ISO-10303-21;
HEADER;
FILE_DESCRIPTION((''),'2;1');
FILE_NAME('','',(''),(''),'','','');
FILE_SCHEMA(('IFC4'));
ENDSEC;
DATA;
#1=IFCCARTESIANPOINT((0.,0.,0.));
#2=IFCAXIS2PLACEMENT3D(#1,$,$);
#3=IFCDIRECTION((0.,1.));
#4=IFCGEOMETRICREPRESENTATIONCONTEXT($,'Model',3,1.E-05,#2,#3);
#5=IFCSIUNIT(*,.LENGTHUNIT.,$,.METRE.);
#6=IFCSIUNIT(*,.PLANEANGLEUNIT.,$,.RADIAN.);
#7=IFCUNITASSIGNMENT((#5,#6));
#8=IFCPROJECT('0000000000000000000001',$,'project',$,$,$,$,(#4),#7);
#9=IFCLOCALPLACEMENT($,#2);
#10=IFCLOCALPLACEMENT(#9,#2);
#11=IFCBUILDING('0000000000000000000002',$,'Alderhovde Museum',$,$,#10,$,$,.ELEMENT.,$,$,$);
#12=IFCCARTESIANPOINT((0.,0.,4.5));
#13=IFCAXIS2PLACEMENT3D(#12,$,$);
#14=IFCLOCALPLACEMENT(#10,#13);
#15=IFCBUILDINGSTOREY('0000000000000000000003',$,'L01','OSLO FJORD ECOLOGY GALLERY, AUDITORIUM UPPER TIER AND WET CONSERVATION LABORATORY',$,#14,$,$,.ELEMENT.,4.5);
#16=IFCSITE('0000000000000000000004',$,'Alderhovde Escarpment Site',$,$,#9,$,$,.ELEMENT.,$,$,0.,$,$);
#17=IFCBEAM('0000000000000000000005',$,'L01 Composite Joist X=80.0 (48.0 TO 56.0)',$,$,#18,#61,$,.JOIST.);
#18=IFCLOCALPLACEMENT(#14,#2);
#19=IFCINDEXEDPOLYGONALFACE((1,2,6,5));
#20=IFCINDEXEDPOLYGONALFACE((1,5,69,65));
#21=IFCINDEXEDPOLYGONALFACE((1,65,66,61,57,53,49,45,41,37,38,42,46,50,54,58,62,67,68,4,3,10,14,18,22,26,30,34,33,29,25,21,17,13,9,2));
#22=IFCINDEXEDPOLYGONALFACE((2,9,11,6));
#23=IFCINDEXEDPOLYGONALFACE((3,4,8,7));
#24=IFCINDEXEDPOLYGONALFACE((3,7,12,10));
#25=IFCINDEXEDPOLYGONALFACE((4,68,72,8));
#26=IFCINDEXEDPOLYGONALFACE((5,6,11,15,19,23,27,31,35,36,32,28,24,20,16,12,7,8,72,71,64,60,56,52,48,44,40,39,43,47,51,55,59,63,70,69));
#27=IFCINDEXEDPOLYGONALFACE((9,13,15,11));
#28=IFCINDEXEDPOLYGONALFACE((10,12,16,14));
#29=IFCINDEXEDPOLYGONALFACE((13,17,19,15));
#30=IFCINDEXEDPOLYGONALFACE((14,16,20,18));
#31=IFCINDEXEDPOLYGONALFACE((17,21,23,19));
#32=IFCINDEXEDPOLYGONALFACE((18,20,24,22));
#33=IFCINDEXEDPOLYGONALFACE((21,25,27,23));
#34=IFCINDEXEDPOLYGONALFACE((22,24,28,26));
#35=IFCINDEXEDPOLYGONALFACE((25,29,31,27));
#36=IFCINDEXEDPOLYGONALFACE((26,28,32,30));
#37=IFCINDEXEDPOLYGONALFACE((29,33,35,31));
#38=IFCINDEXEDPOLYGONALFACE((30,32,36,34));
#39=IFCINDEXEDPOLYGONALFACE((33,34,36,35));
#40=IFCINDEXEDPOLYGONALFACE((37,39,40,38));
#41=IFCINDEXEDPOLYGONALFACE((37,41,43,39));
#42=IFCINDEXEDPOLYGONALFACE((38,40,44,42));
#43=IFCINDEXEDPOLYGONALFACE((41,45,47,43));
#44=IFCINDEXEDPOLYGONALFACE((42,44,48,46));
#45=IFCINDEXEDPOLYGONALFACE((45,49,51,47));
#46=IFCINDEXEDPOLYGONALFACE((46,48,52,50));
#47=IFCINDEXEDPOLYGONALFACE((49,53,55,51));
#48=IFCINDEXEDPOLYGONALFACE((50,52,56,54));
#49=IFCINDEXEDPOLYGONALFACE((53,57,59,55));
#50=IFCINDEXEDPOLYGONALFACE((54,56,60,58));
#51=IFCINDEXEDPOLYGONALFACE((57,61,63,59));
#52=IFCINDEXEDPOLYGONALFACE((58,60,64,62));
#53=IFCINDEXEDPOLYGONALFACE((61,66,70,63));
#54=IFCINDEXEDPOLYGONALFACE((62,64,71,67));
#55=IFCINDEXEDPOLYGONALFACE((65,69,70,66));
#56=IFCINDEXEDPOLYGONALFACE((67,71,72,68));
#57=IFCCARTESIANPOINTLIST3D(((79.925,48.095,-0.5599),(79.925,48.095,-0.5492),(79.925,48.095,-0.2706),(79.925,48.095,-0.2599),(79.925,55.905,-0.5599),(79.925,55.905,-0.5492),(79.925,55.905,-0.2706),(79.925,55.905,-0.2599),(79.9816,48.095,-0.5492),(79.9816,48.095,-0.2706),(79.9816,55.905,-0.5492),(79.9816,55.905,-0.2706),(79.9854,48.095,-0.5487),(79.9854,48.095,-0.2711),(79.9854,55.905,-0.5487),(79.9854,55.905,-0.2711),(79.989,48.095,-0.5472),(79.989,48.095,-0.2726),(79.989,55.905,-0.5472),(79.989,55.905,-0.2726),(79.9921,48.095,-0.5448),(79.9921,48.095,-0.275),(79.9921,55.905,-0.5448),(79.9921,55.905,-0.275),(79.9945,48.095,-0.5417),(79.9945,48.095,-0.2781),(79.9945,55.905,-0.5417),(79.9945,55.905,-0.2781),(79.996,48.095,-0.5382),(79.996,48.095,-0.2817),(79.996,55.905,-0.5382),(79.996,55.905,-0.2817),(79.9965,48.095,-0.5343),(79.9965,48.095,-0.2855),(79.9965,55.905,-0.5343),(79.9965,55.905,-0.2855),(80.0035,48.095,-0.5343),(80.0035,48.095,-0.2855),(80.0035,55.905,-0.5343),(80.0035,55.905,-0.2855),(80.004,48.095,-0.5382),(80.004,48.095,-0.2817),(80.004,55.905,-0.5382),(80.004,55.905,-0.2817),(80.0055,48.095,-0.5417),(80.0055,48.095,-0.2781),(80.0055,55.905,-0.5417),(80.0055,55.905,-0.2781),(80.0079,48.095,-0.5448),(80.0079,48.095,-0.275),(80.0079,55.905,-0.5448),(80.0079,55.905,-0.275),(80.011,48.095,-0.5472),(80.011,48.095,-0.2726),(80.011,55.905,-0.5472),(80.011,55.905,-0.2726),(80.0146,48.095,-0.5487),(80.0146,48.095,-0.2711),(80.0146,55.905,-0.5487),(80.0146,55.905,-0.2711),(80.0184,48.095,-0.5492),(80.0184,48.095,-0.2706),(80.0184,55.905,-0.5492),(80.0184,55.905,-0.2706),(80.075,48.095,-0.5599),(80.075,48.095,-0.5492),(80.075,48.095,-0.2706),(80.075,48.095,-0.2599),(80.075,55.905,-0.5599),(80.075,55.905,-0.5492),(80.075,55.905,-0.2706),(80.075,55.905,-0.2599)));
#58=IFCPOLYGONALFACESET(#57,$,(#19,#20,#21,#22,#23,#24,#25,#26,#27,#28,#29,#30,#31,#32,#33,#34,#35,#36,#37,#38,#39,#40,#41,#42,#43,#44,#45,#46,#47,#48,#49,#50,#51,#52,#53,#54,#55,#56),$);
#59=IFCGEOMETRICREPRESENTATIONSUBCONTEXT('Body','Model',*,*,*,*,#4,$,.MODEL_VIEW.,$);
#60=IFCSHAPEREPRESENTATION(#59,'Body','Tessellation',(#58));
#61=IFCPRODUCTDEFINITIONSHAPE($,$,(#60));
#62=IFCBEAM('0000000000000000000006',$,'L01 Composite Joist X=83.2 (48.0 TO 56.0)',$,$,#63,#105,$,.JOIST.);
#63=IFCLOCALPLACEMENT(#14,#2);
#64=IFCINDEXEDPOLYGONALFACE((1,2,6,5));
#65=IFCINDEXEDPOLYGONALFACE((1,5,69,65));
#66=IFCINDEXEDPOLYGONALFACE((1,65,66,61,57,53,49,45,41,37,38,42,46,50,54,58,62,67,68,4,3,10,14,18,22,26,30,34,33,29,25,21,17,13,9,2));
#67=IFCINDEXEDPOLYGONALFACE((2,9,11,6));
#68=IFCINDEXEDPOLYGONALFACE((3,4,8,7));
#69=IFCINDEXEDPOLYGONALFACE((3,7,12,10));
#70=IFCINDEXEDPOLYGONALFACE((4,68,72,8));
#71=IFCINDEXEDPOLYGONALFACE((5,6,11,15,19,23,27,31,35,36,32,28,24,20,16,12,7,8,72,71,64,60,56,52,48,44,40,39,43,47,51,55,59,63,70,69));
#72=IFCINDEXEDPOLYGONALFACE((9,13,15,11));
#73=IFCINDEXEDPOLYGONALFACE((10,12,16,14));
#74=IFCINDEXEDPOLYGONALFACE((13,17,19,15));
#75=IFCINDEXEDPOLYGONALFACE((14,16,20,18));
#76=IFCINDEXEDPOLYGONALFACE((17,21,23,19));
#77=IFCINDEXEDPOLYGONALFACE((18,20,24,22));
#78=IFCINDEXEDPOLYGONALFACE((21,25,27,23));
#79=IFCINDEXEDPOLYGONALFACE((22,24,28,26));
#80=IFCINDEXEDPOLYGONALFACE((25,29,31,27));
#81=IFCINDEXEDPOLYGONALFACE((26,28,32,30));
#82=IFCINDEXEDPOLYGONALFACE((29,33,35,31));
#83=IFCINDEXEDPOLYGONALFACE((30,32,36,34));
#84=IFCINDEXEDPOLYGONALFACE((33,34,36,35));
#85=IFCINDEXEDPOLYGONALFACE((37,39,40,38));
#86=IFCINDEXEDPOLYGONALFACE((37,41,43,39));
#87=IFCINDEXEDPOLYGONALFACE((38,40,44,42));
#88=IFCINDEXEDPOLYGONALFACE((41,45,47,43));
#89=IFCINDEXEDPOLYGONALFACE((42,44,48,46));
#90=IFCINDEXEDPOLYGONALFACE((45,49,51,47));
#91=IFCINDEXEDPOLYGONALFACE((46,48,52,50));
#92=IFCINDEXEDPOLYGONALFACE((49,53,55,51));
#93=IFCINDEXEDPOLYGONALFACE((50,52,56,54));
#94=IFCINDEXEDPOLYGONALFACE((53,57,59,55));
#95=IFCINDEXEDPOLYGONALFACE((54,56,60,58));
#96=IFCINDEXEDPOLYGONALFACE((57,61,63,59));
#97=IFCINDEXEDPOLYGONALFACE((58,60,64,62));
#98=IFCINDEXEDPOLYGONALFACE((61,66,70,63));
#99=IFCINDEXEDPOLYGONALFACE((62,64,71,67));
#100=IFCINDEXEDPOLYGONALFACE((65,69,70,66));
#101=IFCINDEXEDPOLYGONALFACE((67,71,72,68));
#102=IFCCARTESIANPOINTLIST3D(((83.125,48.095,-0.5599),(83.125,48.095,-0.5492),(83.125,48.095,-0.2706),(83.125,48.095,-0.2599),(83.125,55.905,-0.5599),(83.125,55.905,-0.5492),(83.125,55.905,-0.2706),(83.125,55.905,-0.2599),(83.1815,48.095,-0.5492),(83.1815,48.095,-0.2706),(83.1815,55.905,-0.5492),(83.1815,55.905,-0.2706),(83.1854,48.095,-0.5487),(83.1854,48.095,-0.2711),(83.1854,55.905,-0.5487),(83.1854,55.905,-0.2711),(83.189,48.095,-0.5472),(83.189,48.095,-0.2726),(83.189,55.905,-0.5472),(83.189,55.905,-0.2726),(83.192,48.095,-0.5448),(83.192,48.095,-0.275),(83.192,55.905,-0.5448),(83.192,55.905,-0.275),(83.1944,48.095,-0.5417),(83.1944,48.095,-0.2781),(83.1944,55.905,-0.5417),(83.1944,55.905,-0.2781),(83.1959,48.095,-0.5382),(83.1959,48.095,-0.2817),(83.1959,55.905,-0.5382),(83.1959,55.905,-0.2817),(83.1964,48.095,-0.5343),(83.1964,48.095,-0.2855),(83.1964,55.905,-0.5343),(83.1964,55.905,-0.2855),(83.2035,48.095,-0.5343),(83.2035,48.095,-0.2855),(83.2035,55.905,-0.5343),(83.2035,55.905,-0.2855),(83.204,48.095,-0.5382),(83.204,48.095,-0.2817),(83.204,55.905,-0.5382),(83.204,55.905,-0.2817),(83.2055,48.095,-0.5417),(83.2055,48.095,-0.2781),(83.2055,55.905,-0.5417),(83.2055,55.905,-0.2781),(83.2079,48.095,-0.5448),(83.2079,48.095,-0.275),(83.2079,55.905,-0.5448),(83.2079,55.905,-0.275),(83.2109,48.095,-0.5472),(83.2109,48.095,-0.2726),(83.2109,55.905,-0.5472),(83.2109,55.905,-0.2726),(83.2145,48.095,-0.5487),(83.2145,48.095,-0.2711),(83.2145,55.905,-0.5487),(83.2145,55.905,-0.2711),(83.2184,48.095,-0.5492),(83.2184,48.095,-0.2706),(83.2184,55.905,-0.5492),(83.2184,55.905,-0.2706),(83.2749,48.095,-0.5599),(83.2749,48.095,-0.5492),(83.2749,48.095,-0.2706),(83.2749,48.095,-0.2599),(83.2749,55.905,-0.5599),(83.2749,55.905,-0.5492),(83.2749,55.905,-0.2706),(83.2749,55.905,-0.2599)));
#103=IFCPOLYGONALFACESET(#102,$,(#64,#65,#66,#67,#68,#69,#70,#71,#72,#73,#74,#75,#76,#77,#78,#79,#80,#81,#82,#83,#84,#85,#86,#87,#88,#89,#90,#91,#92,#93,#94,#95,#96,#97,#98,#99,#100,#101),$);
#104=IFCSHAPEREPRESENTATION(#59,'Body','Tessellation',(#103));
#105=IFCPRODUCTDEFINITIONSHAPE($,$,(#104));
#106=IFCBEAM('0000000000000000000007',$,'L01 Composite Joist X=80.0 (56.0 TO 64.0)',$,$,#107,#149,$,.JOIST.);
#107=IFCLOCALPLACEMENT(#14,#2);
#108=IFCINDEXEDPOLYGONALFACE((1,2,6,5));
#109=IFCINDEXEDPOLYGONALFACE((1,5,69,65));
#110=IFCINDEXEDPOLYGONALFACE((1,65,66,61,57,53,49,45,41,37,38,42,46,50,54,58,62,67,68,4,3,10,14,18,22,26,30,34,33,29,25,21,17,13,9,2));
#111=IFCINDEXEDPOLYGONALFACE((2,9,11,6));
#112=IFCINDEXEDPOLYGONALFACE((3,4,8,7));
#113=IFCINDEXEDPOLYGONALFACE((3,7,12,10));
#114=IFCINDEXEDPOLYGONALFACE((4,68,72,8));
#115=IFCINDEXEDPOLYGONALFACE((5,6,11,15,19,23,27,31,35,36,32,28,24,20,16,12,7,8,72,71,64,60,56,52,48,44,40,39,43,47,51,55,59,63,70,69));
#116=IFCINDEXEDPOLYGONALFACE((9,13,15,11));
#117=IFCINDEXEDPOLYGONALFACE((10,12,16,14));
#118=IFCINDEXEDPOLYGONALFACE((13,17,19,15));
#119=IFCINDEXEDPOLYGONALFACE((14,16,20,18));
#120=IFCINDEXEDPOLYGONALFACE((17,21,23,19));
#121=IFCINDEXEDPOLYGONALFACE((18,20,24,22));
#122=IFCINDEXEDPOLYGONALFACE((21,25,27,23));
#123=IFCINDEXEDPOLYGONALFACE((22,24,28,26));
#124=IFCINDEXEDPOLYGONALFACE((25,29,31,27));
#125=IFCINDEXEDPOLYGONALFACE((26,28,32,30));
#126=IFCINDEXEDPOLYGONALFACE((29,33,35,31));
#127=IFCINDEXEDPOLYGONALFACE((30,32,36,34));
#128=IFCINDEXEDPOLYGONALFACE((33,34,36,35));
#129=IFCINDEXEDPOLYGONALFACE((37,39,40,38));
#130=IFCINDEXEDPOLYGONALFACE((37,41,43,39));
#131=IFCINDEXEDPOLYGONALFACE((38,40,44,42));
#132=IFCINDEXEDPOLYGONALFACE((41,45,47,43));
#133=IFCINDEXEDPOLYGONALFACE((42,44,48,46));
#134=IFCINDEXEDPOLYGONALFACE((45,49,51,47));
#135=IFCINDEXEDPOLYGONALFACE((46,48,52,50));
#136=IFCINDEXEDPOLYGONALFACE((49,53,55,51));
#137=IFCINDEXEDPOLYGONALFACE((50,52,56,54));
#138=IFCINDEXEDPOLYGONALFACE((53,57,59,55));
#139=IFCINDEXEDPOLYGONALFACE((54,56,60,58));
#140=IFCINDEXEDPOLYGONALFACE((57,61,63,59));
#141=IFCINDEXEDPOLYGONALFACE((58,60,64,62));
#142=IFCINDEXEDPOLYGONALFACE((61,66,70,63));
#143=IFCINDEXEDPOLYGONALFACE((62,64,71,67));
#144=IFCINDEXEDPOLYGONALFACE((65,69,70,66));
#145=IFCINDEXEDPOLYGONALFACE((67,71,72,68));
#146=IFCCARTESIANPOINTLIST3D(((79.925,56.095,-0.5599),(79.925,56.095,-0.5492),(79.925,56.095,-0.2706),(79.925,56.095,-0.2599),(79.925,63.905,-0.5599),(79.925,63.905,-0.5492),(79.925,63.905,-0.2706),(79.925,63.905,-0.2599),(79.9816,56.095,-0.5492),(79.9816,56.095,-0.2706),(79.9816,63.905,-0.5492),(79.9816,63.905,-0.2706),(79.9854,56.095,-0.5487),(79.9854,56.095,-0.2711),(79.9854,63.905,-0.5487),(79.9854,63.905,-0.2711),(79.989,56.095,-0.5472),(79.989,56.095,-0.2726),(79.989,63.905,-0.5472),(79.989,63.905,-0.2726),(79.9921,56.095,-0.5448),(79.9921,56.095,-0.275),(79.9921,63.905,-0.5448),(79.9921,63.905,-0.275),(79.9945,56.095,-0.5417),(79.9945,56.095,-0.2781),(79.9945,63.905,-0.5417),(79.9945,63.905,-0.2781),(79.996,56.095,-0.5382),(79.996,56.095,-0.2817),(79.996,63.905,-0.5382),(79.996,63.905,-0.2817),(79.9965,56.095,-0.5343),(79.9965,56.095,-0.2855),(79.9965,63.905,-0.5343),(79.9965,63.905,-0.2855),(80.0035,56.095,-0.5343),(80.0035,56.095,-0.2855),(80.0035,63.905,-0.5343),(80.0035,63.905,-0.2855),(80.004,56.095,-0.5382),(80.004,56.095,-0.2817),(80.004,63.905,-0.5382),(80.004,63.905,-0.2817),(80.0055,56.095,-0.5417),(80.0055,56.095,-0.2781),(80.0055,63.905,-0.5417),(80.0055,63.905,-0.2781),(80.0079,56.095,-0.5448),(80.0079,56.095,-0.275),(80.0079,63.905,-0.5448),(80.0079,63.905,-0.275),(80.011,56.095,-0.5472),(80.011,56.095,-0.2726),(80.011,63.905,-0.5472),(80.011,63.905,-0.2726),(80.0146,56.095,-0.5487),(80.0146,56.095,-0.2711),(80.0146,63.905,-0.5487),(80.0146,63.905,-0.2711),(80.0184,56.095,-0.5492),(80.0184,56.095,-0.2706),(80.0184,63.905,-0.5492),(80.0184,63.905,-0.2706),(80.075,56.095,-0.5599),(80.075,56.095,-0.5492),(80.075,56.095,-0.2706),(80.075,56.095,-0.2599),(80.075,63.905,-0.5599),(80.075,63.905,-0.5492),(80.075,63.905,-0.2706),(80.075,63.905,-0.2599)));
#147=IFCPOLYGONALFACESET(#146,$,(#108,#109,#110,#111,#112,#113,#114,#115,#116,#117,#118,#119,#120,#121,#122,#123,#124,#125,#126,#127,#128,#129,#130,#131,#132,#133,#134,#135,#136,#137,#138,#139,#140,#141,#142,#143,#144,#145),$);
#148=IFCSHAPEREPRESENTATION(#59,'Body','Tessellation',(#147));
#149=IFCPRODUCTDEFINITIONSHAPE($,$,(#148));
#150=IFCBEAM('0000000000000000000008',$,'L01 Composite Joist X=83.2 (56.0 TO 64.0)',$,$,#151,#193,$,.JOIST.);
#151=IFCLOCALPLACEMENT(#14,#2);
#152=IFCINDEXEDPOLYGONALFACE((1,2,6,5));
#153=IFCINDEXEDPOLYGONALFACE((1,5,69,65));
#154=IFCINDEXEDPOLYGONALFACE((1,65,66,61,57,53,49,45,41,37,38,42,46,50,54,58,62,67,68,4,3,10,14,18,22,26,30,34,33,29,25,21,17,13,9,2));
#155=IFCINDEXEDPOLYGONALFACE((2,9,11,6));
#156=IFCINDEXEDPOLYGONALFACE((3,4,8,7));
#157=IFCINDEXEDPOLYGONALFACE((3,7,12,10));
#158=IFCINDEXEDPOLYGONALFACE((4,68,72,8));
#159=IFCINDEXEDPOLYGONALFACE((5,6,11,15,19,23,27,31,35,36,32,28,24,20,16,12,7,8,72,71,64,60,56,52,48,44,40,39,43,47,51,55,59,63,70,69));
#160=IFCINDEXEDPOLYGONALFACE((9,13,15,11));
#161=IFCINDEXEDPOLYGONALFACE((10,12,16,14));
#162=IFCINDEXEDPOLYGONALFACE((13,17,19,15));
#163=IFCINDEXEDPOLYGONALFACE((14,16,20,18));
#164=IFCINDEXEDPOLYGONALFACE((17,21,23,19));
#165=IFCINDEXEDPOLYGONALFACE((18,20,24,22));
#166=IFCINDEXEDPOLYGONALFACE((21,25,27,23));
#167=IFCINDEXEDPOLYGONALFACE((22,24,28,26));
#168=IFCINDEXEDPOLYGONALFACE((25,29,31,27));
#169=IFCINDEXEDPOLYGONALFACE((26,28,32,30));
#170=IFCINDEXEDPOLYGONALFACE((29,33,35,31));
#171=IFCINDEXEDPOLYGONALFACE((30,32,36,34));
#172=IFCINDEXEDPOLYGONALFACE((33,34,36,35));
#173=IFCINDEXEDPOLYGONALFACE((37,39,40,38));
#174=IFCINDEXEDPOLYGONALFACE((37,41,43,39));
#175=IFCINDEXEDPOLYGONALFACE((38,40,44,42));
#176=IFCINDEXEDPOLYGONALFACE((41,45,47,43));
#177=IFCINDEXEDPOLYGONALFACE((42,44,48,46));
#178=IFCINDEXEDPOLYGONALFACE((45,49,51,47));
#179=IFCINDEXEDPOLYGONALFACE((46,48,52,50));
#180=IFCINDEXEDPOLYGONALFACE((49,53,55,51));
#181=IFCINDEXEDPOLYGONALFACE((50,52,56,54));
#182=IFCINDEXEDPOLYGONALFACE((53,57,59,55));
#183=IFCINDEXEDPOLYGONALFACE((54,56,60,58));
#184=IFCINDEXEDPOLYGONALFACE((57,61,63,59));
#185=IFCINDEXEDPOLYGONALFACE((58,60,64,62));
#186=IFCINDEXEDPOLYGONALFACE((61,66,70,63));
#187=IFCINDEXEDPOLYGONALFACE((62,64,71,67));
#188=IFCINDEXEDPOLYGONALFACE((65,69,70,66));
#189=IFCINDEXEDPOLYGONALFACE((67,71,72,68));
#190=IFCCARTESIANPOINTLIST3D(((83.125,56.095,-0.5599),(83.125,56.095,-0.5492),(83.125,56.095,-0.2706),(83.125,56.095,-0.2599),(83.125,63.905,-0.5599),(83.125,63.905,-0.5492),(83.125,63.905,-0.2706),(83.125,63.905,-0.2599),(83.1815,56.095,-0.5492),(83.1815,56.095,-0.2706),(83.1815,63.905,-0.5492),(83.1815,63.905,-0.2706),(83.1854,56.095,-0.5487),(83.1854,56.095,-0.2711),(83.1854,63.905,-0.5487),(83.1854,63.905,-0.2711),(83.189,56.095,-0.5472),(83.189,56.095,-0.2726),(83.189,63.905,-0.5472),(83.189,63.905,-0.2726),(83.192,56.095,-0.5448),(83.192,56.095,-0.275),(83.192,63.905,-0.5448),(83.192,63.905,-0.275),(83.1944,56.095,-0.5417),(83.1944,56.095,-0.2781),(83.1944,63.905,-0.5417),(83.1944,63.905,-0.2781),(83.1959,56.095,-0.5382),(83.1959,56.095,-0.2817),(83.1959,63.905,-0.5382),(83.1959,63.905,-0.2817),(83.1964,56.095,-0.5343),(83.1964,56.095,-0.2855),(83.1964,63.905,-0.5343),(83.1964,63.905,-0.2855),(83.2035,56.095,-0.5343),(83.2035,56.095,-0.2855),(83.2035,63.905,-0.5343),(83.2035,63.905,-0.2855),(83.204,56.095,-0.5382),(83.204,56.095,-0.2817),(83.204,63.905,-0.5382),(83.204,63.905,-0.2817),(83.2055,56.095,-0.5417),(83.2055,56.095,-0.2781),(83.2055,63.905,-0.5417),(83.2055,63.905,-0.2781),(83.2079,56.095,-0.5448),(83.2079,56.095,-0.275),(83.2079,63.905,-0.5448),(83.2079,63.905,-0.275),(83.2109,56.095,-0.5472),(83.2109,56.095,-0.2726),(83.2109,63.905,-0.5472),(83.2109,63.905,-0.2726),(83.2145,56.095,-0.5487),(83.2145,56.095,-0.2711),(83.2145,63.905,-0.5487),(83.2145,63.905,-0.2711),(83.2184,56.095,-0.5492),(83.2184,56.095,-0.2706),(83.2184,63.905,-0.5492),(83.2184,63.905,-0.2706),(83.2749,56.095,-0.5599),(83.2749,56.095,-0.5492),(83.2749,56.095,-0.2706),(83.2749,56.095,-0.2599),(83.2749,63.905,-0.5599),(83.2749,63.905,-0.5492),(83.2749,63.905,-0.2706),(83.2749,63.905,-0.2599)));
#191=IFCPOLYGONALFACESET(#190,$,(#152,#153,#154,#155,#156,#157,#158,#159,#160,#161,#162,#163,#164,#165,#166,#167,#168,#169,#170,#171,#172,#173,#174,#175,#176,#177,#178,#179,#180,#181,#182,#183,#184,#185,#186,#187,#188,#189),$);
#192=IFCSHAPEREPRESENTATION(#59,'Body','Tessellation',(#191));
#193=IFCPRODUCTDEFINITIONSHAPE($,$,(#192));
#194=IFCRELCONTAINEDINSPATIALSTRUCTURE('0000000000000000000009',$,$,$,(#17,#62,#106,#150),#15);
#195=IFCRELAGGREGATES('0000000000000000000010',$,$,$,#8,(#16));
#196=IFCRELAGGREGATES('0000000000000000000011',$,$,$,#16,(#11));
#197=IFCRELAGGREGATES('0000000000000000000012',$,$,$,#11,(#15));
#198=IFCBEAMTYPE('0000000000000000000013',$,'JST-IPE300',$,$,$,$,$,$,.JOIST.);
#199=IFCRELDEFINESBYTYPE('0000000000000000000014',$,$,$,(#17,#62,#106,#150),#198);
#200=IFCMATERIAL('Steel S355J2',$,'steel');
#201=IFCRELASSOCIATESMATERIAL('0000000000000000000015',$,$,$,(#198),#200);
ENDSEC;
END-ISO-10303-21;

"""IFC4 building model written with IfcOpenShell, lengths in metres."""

from ifc_helpers import new_model, si_unit, direction, frame, origin, origin_2d, place, context, subcontext, project, spatial, i_section, extrude, material, material_profile, profile_set, type_object, element, save


model = new_model("IFC4")

# Units and contexts
model_context = context("Model", 3, precision=1e-05, world=origin(), true_north=direction((0.0, 1.0)))
body_context = subcontext(model_context, "Body", "Model", "MODEL_VIEW")
ifc_project = project(units=[si_unit("LENGTHUNIT", "METRE"), si_unit("PLANEANGLEUNIT", "RADIAN")], contexts=[model_context])

# Site, building, storey
site_placement = place(None, origin())
site = spatial("IfcSite", under=ifc_project, at=site_placement, Name="Alderhovde Escarpment Site", CompositionType="ELEMENT", RefElevation=0.0)
building_placement = place(site_placement, origin())
building = spatial("IfcBuilding", under=site, at=building_placement, Name="Alderhovde Museum", CompositionType="ELEMENT")
storey_placement = place(building_placement, frame((0.0, 0.0, 4.5)))
storey = spatial("IfcBuildingStorey", under=building, at=storey_placement, Name="L01", Description="OSLO FJORD ECOLOGY GALLERY, AUDITORIUM UPPER TIER AND WET CONSERVATION LABORATORY", CompositionType="ELEMENT", Elevation=4.5)

# Beams
ifc_material_1 = material(Name="Steel S355J2", Category="steel")
ifc_material_profile_1 = material_profile(ifc_material_1, i_section(OverallWidth=0.1499, OverallDepth=0.3, WebThickness=0.0071, FlangeThickness=0.0107, FilletRadius=0.0149, at=origin_2d()), Name="IPE 300")
ifc_profile_set_1 = profile_set([ifc_material_profile_1], Name="Steel S355J2")
beam_type_1 = type_object("IfcBeamType", Name="JST-IPE300", PredefinedType="JOIST", material=ifc_profile_set_1)
for number, where, z_axis, x_axis, name in (
    (1, (80.0, 48.095, -0.4099), (0.0, 1.0, 0.0), (-1.0, 0.0, 0.0), "L01 Composite Joist X=80.0 (48.0 TO 56.0)"),
    (2, (83.2, 48.095, -0.4099), (0.0, 1.0, 0.0), (-1.0, 0.0, 0.0), "L01 Composite Joist X=83.2 (48.0 TO 56.0)"),
    (3, (80.0, 56.095, -0.4099), (0.0, 1.0, 0.0), (-1.0, 0.0, 0.0), "L01 Composite Joist X=80.0 (56.0 TO 64.0)"),
    (4, (83.2, 56.095, -0.4099), (0.0, 1.0, 0.0), (-1.0, 0.0, 0.0), "L01 Composite Joist X=83.2 (56.0 TO 64.0)"),
):
    element("IfcBeam", number, at=place(storey_placement, frame(where, z_axis=z_axis, x_axis=x_axis)), inside=storey, type_object=beam_type_1, Name=name, PredefinedType="JOIST", context=body_context, shape_type="SweptSolid", body=[
        extrude(i_section(OverallWidth=0.1499, OverallDepth=0.3, WebThickness=0.0071, FlangeThickness=0.0107, FilletRadius=0.0149, at=origin_2d()), origin(), (0.0, 0.0, 1.0), 7.8101),
    ])

save(model, "model.ifc")
